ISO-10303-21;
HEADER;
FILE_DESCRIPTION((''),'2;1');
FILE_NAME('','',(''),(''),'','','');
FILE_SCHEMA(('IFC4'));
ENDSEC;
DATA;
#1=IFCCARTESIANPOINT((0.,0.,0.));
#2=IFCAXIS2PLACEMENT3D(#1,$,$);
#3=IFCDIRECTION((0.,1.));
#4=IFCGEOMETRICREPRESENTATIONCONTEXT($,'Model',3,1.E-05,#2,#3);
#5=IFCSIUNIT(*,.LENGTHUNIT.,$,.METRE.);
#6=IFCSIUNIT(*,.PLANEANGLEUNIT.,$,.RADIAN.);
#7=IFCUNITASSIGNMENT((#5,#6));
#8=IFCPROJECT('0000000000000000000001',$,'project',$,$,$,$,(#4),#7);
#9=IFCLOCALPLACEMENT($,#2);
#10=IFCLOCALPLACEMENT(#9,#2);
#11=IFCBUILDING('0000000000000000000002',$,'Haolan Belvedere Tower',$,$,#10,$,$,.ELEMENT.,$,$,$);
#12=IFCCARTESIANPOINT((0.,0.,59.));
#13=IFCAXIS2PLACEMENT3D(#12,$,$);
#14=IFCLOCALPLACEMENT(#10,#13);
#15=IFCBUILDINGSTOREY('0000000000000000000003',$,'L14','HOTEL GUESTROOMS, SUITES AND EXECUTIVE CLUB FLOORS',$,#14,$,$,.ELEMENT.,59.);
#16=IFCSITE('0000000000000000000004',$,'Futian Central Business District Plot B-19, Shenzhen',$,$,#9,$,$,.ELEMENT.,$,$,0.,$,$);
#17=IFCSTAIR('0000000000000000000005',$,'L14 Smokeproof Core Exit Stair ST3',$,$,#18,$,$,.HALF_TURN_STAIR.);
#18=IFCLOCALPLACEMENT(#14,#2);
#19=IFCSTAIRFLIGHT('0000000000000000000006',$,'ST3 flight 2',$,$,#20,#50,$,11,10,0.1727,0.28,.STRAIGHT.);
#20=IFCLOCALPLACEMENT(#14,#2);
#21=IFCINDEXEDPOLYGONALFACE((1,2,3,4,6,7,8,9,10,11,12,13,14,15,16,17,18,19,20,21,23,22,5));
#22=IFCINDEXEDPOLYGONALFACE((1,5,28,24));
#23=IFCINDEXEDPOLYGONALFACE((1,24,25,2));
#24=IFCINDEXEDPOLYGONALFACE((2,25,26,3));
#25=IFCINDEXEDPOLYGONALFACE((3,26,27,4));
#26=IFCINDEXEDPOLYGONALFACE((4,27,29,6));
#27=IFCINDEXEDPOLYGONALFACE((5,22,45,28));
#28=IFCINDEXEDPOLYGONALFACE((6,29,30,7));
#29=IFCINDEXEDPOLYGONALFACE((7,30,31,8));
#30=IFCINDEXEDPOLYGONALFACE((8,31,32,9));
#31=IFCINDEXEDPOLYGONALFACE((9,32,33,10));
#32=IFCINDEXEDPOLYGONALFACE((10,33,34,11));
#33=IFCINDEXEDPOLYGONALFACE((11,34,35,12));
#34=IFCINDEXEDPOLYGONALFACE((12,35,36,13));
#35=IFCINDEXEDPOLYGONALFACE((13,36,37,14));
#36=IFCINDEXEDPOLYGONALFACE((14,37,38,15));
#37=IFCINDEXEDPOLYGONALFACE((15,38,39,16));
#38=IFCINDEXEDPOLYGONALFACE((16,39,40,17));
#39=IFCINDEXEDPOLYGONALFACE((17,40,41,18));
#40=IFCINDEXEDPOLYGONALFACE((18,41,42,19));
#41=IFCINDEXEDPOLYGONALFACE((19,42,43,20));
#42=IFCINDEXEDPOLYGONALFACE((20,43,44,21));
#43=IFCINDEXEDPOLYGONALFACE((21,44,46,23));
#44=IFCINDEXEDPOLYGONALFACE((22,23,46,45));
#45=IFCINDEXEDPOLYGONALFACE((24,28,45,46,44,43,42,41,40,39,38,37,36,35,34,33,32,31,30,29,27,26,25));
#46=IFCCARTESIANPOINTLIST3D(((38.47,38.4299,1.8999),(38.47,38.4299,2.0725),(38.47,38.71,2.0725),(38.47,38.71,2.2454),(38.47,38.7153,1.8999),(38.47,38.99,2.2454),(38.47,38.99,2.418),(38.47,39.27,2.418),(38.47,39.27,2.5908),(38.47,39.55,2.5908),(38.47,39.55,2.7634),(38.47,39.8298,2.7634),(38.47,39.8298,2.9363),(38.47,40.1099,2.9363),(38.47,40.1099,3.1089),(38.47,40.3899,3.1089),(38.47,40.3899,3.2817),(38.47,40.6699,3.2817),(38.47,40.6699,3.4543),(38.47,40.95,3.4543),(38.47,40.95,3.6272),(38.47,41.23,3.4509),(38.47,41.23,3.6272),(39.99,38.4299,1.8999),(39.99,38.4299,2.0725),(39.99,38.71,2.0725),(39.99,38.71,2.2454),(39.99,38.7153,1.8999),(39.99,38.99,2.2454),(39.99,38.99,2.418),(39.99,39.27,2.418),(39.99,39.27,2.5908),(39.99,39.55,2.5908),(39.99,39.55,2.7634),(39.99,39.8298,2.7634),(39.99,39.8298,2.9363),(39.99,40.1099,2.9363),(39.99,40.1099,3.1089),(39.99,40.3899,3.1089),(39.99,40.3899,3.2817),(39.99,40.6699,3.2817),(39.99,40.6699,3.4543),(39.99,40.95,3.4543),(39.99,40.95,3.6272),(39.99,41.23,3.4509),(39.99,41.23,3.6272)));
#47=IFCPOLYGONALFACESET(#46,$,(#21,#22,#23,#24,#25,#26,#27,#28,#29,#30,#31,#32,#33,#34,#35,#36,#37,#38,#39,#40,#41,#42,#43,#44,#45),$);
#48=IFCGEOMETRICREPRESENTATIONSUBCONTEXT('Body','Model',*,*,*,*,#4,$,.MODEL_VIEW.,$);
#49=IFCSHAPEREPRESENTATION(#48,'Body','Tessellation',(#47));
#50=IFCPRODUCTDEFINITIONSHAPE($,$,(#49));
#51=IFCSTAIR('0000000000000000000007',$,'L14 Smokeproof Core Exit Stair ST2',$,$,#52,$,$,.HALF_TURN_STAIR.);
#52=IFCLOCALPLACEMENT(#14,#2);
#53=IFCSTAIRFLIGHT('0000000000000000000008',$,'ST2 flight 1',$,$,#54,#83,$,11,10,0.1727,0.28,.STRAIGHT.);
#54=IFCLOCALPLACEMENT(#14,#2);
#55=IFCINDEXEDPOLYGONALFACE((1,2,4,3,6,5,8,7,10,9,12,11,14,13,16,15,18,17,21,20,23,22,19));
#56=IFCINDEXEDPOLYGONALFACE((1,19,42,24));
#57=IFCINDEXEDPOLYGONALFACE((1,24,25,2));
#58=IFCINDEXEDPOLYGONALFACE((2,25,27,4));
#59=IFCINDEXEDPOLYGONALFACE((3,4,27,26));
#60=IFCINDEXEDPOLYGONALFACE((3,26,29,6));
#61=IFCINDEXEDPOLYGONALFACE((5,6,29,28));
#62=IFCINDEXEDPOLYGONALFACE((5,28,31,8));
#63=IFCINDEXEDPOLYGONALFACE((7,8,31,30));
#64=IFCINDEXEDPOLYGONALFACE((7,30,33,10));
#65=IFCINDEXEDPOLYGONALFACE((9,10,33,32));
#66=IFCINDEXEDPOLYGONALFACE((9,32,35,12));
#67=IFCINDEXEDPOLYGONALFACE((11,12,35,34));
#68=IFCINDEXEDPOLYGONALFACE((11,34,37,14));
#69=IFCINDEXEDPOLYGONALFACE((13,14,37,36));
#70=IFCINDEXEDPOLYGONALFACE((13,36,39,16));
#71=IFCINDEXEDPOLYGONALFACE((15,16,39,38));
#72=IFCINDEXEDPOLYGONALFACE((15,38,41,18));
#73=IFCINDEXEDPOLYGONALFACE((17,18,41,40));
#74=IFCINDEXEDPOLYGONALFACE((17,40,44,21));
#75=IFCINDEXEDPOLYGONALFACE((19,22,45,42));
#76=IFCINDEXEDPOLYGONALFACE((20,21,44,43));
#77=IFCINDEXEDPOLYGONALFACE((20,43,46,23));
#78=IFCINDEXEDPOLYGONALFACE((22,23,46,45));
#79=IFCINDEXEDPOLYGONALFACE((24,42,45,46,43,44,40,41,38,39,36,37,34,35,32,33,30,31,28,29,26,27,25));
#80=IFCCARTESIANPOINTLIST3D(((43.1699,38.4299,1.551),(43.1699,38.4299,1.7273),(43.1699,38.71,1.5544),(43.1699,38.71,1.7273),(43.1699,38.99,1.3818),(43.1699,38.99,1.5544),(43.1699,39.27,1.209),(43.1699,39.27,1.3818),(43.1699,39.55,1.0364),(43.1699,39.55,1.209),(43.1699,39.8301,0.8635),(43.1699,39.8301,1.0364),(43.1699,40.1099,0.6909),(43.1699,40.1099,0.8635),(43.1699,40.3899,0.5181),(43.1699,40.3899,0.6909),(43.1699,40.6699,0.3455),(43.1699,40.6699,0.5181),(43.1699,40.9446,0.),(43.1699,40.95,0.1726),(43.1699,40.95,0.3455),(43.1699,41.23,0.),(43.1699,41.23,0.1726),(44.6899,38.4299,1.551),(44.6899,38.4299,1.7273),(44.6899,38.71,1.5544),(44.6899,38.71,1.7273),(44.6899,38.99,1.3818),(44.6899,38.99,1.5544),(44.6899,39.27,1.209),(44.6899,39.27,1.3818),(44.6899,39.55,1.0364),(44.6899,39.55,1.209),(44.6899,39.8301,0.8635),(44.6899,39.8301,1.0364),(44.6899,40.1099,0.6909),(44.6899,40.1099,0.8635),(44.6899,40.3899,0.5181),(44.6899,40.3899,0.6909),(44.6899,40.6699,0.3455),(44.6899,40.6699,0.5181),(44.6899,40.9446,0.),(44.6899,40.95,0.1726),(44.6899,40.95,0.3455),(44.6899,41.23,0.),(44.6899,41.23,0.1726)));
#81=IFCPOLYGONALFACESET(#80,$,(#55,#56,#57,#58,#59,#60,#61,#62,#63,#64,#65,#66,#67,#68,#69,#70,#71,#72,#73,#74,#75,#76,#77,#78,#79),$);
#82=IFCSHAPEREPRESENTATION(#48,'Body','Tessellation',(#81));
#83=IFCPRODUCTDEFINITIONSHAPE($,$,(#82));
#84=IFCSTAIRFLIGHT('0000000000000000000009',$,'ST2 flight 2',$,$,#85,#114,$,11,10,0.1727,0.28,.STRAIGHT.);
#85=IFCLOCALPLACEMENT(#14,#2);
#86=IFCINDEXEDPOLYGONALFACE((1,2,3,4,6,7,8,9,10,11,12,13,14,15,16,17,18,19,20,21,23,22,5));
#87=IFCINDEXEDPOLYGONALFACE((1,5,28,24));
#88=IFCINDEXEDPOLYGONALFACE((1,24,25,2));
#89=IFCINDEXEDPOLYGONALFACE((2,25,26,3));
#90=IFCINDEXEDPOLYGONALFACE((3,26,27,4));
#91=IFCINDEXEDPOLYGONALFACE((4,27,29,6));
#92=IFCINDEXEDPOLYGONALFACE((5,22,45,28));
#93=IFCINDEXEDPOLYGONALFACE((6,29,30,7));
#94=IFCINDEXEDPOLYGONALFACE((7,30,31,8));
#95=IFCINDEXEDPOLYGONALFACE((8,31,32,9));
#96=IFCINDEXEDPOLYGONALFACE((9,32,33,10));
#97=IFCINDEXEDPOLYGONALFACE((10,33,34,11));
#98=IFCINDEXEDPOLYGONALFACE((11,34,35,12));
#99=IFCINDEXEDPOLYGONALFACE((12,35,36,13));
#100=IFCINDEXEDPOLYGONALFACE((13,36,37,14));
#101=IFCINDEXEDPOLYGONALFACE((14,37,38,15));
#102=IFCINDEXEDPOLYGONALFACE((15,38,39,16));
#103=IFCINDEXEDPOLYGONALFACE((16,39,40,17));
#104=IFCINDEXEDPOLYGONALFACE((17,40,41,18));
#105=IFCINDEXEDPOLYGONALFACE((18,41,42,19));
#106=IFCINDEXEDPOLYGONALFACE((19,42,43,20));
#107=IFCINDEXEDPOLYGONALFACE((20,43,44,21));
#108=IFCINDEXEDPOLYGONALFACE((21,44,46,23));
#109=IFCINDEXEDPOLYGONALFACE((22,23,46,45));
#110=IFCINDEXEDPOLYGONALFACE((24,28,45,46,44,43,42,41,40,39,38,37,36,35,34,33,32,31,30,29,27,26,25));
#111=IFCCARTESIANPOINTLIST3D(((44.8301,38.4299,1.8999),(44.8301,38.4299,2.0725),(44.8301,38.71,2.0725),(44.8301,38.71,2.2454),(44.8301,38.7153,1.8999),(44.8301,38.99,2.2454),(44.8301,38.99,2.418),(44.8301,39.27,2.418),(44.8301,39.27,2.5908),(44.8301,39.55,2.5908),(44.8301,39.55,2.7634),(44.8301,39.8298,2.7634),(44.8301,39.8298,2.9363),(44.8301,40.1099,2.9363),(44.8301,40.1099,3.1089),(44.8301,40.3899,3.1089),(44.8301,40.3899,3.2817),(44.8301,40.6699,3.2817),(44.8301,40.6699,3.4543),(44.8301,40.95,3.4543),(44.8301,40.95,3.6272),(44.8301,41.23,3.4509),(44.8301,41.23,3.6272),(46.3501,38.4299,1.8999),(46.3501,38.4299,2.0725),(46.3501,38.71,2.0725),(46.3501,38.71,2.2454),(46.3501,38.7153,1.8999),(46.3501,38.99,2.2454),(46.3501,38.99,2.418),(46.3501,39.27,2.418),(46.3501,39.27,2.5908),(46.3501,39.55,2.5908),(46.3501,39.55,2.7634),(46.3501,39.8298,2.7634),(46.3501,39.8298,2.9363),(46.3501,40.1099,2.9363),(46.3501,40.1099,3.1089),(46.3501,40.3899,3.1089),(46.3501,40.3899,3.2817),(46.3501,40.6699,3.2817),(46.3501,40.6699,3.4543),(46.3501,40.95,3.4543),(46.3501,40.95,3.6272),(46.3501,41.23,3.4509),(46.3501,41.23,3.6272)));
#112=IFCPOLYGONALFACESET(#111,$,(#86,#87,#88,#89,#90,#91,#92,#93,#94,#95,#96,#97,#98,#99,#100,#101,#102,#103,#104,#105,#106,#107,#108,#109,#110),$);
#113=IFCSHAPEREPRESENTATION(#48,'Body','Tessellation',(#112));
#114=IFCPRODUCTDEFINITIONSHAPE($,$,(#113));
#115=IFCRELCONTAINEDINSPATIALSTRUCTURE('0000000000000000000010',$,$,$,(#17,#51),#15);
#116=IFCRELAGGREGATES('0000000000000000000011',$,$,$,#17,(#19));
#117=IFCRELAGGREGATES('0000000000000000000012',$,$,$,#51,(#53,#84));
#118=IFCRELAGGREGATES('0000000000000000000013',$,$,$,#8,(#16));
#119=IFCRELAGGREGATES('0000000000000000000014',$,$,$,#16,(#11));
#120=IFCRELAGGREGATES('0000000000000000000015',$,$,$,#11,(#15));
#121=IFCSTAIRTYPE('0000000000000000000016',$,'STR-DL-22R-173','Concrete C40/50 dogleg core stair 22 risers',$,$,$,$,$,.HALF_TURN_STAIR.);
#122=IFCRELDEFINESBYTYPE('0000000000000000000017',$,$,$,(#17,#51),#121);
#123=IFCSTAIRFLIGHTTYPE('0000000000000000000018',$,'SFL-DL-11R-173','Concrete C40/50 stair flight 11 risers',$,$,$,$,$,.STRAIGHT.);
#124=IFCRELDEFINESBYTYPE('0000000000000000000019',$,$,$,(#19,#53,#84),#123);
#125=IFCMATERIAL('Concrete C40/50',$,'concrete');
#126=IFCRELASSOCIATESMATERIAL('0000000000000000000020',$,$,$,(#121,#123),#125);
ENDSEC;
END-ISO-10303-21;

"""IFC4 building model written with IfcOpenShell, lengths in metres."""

from ifc_helpers import new_model, si_unit, direction, frame, origin, place, context, subcontext, project, spatial, polyline, outline, extrude, material, type_object, element, aggregate, save


model = new_model("IFC4")

# Units and contexts
model_context = context("Model", 3, precision=1e-05, world=origin(), true_north=direction((0.0, 1.0)))
body_context = subcontext(model_context, "Body", "Model", "MODEL_VIEW")
ifc_project = project(units=[si_unit("LENGTHUNIT", "METRE"), si_unit("PLANEANGLEUNIT", "RADIAN")], contexts=[model_context])

# Site, building, storey
site_placement = place(None, origin())
site = spatial("IfcSite", under=ifc_project, at=site_placement, Name="Futian Central Business District Plot B-19, Shenzhen", CompositionType="ELEMENT", RefElevation=0.0)
building_placement = place(site_placement, origin())
building = spatial("IfcBuilding", under=site, at=building_placement, Name="Haolan Belvedere Tower", CompositionType="ELEMENT")
storey_placement = place(building_placement, frame((0.0, 0.0, 59.0)))
storey = spatial("IfcBuildingStorey", under=building, at=storey_placement, Name="L14", Description="HOTEL GUESTROOMS, SUITES AND EXECUTIVE CLUB FLOORS", CompositionType="ELEMENT", Elevation=59.0)

# Stair, stair flight
ifc_material_1 = material(Name="Concrete C40/50", Category="concrete")
stair_type = type_object("IfcStairType", Name="STR-DL-22R-173", Description="Concrete C40/50 dogleg core stair 22 risers", PredefinedType="HALF_TURN_STAIR", material=ifc_material_1)
stair_1_placement = place(storey_placement, origin())
stair_1 = element("IfcStair", 1, at=stair_1_placement, inside=storey, type_object=stair_type, Name="L14 Smokeproof Core Exit Stair ST3", PredefinedType="HALF_TURN_STAIR")
stair_flight_type = type_object("IfcStairFlightType", Name="SFL-DL-11R-173", Description="Concrete C40/50 stair flight 11 risers", PredefinedType="STRAIGHT", material=ifc_material_1)
stair_flight_1_placement = place(storey_placement, frame((39.23, 38.4299, 1.8999), z_axis=(0.0, 0.0, 1.0), x_axis=(0.0, 1.0, 0.0)))
stair_flight_1 = element("IfcStairFlight", 2, at=stair_flight_1_placement, type_object=stair_flight_type, Name="ST3 flight 2", NumberOfRisers=11, NumberOfTreads=10, PredefinedType="STRAIGHT", RiserHeight=0.1727, TreadLength=0.28, context=body_context, shape_type="SweptSolid", body=[
    extrude(outline(polyline([(0.0, 0.0), (0.0, 0.1726), (0.28, 0.1726), (0.28, 0.3455), (0.5601, 0.3455), (0.5601, 0.5181), (0.8401, 0.5181), (0.8401, 0.6909), (1.1201, 0.6909), (1.1201, 0.8635), (1.3999, 0.8635), (1.3999, 1.0364), (1.6799, 1.0364), (1.6799, 1.209), (1.96, 1.209), (1.96, 1.3818), (2.24, 1.3818), (2.24, 1.5544), (2.52, 1.5544), (2.52, 1.7273), (2.8, 1.7273), (2.8, 1.8999), (2.8, 1.551), (0.2854, 0.0), (0.0, 0.0)])), frame((0.0, 0.76, 0.0), z_axis=(0.0, -1.0, 0.0), x_axis=(1.0, 0.0, 0.0)), (0.0, 0.0, 1.0), 1.52),
])
aggregate(stair_1, [stair_flight_1])

# Stair, stair flights
stair_2_placement = place(storey_placement, origin())
stair_2 = element("IfcStair", 3, at=stair_2_placement, inside=storey, type_object=stair_type, Name="L14 Smokeproof Core Exit Stair ST2", PredefinedType="HALF_TURN_STAIR")
stair_flight_2_placement = place(storey_placement, frame((43.9299, 41.23, 0.0), z_axis=(0.0, 0.0, 1.0), x_axis=(0.0, -1.0, 0.0)))
stair_flight_2 = element("IfcStairFlight", 4, at=stair_flight_2_placement, type_object=stair_flight_type, Name="ST2 flight 1", NumberOfRisers=11, NumberOfTreads=10, PredefinedType="STRAIGHT", RiserHeight=0.1727, TreadLength=0.28, context=body_context, shape_type="SweptSolid", body=[
    extrude(outline(polyline([(0.0, 0.0), (0.0, 0.1726), (0.28, 0.1726), (0.28, 0.3455), (0.5601, 0.3455), (0.5601, 0.5181), (0.8401, 0.5181), (0.8401, 0.6909), (1.1201, 0.6909), (1.1201, 0.8635), (1.3999, 0.8635), (1.3999, 1.0364), (1.6799, 1.0364), (1.6799, 1.209), (1.96, 1.209), (1.96, 1.3818), (2.24, 1.3818), (2.24, 1.5544), (2.52, 1.5544), (2.52, 1.7273), (2.8, 1.7273), (2.8, 1.8999), (2.8, 1.551), (0.2854, 0.0), (0.0, 0.0)])), frame((0.0, 0.76, 0.0), z_axis=(0.0, -1.0, 0.0), x_axis=(1.0, 0.0, 0.0)), (0.0, 0.0, 1.0), 1.52),
])
stair_flight_3_placement = place(storey_placement, frame((45.5901, 38.4299, 1.8999), z_axis=(0.0, 0.0, 1.0), x_axis=(0.0, 1.0, 0.0)))
stair_flight_3 = element("IfcStairFlight", 5, at=stair_flight_3_placement, type_object=stair_flight_type, Name="ST2 flight 2", NumberOfRisers=11, NumberOfTreads=10, PredefinedType="STRAIGHT", RiserHeight=0.1727, TreadLength=0.28, context=body_context, shape_type="SweptSolid", body=[
    extrude(outline(polyline([(0.0, 0.0), (0.0, 0.1726), (0.28, 0.1726), (0.28, 0.3455), (0.5601, 0.3455), (0.5601, 0.5181), (0.8401, 0.5181), (0.8401, 0.6909), (1.1201, 0.6909), (1.1201, 0.8635), (1.3999, 0.8635), (1.3999, 1.0364), (1.6799, 1.0364), (1.6799, 1.209), (1.96, 1.209), (1.96, 1.3818), (2.24, 1.3818), (2.24, 1.5544), (2.52, 1.5544), (2.52, 1.7273), (2.8, 1.7273), (2.8, 1.8999), (2.8, 1.551), (0.2854, 0.0), (0.0, 0.0)])), frame((0.0, 0.76, 0.0), z_axis=(0.0, -1.0, 0.0), x_axis=(1.0, 0.0, 0.0)), (0.0, 0.0, 1.0), 1.52),
])
aggregate(stair_2, [stair_flight_2, stair_flight_3])

save(model, "model.ifc")
